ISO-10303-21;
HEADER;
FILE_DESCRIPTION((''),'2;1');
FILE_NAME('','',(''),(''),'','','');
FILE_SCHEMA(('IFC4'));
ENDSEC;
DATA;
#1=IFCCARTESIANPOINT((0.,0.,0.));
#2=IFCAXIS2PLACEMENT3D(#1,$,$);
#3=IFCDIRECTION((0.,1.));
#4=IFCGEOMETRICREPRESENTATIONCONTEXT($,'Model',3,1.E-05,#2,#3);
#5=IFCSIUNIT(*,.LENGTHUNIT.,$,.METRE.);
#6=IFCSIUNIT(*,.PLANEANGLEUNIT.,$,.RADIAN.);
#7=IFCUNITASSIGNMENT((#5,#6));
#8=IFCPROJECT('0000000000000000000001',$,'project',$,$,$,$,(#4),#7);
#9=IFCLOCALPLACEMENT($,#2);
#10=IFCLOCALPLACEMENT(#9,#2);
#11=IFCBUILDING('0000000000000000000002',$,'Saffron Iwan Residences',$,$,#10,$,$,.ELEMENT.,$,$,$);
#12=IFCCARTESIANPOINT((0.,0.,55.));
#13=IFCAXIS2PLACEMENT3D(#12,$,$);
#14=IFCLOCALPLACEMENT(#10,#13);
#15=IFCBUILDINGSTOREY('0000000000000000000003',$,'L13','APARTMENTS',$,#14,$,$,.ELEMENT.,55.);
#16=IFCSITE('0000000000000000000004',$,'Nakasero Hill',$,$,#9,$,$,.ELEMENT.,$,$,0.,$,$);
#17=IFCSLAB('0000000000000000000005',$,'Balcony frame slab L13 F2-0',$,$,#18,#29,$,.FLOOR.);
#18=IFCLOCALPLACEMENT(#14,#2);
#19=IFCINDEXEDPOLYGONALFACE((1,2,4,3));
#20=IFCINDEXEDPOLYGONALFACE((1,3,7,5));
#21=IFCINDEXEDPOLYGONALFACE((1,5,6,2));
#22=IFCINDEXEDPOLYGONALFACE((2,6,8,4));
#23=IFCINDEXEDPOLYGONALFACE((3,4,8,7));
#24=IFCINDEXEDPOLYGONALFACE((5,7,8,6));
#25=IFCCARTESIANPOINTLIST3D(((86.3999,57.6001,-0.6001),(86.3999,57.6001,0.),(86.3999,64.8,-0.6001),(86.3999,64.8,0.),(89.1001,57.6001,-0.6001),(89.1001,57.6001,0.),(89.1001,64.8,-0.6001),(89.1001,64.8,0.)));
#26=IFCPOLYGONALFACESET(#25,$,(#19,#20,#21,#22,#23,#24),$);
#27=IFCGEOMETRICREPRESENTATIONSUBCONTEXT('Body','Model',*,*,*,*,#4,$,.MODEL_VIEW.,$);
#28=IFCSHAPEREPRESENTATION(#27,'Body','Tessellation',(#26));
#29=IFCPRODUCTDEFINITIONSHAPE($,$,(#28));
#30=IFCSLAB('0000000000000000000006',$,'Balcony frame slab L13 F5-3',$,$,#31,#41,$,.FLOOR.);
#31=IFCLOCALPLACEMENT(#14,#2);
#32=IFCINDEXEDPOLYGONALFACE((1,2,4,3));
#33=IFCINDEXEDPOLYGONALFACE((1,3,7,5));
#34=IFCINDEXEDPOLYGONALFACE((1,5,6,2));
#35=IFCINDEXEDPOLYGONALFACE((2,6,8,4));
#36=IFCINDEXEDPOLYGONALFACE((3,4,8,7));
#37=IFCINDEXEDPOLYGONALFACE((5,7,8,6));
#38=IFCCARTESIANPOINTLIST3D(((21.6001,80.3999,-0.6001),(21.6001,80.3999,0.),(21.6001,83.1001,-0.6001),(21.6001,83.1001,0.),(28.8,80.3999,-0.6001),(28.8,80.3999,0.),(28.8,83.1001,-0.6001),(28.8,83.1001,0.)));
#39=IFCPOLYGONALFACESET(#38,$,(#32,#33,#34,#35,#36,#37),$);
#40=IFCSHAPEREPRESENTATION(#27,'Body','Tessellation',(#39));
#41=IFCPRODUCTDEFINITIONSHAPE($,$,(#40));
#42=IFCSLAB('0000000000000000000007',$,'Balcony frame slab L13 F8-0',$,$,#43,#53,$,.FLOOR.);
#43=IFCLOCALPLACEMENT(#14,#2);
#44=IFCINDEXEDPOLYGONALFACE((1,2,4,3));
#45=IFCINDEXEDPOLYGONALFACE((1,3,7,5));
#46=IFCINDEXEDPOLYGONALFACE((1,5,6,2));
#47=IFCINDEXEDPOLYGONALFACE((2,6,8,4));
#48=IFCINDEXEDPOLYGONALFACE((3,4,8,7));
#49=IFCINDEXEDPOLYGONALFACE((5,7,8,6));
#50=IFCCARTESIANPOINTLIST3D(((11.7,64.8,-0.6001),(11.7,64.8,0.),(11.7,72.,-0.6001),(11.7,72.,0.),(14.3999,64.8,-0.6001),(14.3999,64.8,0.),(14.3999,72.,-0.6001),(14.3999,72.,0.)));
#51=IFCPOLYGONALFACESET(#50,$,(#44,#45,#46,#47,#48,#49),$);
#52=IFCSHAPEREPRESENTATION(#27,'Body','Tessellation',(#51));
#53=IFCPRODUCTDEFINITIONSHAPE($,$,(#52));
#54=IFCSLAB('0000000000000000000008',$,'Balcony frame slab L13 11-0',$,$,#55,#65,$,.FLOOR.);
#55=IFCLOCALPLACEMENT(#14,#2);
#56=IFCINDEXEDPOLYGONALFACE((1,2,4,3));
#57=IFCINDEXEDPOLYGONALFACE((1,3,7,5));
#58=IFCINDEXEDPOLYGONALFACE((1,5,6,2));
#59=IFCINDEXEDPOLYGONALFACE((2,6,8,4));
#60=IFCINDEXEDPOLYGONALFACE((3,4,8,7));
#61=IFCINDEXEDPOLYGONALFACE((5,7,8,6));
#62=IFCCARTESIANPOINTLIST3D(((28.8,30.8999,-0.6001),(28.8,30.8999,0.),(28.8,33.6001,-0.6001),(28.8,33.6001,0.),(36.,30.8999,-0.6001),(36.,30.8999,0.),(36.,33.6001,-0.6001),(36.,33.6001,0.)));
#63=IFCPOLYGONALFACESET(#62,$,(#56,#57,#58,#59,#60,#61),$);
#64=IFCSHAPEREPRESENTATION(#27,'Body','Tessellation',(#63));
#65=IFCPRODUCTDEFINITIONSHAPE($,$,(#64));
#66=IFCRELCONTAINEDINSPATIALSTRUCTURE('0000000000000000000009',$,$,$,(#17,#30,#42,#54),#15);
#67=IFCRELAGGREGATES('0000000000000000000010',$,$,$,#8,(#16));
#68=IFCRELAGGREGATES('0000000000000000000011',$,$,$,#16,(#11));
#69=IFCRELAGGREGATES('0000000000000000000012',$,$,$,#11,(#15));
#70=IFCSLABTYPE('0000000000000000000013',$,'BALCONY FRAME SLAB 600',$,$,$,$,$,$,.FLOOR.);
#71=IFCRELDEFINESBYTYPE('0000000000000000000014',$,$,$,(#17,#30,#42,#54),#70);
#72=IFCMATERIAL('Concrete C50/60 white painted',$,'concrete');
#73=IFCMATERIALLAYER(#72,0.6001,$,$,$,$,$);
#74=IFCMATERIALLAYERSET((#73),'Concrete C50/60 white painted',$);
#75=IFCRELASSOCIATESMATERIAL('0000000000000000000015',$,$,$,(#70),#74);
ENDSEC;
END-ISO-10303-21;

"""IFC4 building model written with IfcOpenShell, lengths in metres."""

from ifc_helpers import new_model, si_unit, direction, frame, origin, place, context, subcontext, project, spatial, polyline, outline, extrude, material, layer, layer_set, type_object, element, save


model = new_model("IFC4")

# Units and contexts
model_context = context("Model", 3, precision=1e-05, world=origin(), true_north=direction((0.0, 1.0)))
body_context = subcontext(model_context, "Body", "Model", "MODEL_VIEW")
ifc_project = project(units=[si_unit("LENGTHUNIT", "METRE"), si_unit("PLANEANGLEUNIT", "RADIAN")], contexts=[model_context])

# Site, building, storey
site_placement = place(None, origin())
site = spatial("IfcSite", under=ifc_project, at=site_placement, Name="Nakasero Hill", CompositionType="ELEMENT", RefElevation=0.0)
building_placement = place(site_placement, origin())
building = spatial("IfcBuilding", under=site, at=building_placement, Name="Saffron Iwan Residences", CompositionType="ELEMENT")
storey_placement = place(building_placement, frame((0.0, 0.0, 55.0)))
storey = spatial("IfcBuildingStorey", under=building, at=storey_placement, Name="L13", Description="APARTMENTS", CompositionType="ELEMENT", Elevation=55.0)

# Slabs
ifc_material_1 = material(Name="Concrete C50/60 white painted", Category="concrete")
ifc_layer_1 = layer(ifc_material_1, 0.6001)
ifc_layer_set_1 = layer_set([ifc_layer_1], Name="Concrete C50/60 white painted")
slab_type_1 = type_object("IfcSlabType", Name="BALCONY FRAME SLAB 600", PredefinedType="FLOOR", material=ifc_layer_set_1)
slab_1_placement = place(storey_placement, frame((0.0, 0.0, -0.6001)))
element("IfcSlab", 1, at=slab_1_placement, inside=storey, type_object=slab_type_1, Name="Balcony frame slab L13 F2-0", PredefinedType="FLOOR", context=body_context, shape_type="SweptSolid", body=[
    extrude(outline(polyline([(89.1001, 57.6001), (89.1001, 64.8), (86.3999, 64.8), (86.3999, 57.6001), (89.1001, 57.6001)])), origin(), (0.0, 0.0, 1.0), 0.6001),
])
slab_2_placement = place(storey_placement, frame((0.0, 0.0, -0.6001)))
element("IfcSlab", 2, at=slab_2_placement, inside=storey, type_object=slab_type_1, Name="Balcony frame slab L13 F5-3", PredefinedType="FLOOR", context=body_context, shape_type="SweptSolid", body=[
    extrude(outline(polyline([(28.8, 83.1001), (21.6001, 83.1001), (21.6001, 80.3999), (28.8, 80.3999), (28.8, 83.1001)])), origin(), (0.0, 0.0, 1.0), 0.6001),
])
slab_3_placement = place(storey_placement, frame((0.0, 0.0, -0.6001)))
element("IfcSlab", 3, at=slab_3_placement, inside=storey, type_object=slab_type_1, Name="Balcony frame slab L13 F8-0", PredefinedType="FLOOR", context=body_context, shape_type="SweptSolid", body=[
    extrude(outline(polyline([(11.7, 72.0), (11.7, 64.8), (14.3999, 64.8), (14.3999, 72.0), (11.7, 72.0)])), origin(), (0.0, 0.0, 1.0), 0.6001),
])
slab_4_placement = place(storey_placement, frame((0.0, 0.0, -0.6001)))
element("IfcSlab", 4, at=slab_4_placement, inside=storey, type_object=slab_type_1, Name="Balcony frame slab L13 11-0", PredefinedType="FLOOR", context=body_context, shape_type="SweptSolid", body=[
    extrude(outline(polyline([(28.8, 30.8999), (36.0, 30.8999), (36.0, 33.6001), (28.8, 33.6001), (28.8, 30.8999)])), origin(), (0.0, 0.0, 1.0), 0.6001),
])

save(model, "model.ifc")
